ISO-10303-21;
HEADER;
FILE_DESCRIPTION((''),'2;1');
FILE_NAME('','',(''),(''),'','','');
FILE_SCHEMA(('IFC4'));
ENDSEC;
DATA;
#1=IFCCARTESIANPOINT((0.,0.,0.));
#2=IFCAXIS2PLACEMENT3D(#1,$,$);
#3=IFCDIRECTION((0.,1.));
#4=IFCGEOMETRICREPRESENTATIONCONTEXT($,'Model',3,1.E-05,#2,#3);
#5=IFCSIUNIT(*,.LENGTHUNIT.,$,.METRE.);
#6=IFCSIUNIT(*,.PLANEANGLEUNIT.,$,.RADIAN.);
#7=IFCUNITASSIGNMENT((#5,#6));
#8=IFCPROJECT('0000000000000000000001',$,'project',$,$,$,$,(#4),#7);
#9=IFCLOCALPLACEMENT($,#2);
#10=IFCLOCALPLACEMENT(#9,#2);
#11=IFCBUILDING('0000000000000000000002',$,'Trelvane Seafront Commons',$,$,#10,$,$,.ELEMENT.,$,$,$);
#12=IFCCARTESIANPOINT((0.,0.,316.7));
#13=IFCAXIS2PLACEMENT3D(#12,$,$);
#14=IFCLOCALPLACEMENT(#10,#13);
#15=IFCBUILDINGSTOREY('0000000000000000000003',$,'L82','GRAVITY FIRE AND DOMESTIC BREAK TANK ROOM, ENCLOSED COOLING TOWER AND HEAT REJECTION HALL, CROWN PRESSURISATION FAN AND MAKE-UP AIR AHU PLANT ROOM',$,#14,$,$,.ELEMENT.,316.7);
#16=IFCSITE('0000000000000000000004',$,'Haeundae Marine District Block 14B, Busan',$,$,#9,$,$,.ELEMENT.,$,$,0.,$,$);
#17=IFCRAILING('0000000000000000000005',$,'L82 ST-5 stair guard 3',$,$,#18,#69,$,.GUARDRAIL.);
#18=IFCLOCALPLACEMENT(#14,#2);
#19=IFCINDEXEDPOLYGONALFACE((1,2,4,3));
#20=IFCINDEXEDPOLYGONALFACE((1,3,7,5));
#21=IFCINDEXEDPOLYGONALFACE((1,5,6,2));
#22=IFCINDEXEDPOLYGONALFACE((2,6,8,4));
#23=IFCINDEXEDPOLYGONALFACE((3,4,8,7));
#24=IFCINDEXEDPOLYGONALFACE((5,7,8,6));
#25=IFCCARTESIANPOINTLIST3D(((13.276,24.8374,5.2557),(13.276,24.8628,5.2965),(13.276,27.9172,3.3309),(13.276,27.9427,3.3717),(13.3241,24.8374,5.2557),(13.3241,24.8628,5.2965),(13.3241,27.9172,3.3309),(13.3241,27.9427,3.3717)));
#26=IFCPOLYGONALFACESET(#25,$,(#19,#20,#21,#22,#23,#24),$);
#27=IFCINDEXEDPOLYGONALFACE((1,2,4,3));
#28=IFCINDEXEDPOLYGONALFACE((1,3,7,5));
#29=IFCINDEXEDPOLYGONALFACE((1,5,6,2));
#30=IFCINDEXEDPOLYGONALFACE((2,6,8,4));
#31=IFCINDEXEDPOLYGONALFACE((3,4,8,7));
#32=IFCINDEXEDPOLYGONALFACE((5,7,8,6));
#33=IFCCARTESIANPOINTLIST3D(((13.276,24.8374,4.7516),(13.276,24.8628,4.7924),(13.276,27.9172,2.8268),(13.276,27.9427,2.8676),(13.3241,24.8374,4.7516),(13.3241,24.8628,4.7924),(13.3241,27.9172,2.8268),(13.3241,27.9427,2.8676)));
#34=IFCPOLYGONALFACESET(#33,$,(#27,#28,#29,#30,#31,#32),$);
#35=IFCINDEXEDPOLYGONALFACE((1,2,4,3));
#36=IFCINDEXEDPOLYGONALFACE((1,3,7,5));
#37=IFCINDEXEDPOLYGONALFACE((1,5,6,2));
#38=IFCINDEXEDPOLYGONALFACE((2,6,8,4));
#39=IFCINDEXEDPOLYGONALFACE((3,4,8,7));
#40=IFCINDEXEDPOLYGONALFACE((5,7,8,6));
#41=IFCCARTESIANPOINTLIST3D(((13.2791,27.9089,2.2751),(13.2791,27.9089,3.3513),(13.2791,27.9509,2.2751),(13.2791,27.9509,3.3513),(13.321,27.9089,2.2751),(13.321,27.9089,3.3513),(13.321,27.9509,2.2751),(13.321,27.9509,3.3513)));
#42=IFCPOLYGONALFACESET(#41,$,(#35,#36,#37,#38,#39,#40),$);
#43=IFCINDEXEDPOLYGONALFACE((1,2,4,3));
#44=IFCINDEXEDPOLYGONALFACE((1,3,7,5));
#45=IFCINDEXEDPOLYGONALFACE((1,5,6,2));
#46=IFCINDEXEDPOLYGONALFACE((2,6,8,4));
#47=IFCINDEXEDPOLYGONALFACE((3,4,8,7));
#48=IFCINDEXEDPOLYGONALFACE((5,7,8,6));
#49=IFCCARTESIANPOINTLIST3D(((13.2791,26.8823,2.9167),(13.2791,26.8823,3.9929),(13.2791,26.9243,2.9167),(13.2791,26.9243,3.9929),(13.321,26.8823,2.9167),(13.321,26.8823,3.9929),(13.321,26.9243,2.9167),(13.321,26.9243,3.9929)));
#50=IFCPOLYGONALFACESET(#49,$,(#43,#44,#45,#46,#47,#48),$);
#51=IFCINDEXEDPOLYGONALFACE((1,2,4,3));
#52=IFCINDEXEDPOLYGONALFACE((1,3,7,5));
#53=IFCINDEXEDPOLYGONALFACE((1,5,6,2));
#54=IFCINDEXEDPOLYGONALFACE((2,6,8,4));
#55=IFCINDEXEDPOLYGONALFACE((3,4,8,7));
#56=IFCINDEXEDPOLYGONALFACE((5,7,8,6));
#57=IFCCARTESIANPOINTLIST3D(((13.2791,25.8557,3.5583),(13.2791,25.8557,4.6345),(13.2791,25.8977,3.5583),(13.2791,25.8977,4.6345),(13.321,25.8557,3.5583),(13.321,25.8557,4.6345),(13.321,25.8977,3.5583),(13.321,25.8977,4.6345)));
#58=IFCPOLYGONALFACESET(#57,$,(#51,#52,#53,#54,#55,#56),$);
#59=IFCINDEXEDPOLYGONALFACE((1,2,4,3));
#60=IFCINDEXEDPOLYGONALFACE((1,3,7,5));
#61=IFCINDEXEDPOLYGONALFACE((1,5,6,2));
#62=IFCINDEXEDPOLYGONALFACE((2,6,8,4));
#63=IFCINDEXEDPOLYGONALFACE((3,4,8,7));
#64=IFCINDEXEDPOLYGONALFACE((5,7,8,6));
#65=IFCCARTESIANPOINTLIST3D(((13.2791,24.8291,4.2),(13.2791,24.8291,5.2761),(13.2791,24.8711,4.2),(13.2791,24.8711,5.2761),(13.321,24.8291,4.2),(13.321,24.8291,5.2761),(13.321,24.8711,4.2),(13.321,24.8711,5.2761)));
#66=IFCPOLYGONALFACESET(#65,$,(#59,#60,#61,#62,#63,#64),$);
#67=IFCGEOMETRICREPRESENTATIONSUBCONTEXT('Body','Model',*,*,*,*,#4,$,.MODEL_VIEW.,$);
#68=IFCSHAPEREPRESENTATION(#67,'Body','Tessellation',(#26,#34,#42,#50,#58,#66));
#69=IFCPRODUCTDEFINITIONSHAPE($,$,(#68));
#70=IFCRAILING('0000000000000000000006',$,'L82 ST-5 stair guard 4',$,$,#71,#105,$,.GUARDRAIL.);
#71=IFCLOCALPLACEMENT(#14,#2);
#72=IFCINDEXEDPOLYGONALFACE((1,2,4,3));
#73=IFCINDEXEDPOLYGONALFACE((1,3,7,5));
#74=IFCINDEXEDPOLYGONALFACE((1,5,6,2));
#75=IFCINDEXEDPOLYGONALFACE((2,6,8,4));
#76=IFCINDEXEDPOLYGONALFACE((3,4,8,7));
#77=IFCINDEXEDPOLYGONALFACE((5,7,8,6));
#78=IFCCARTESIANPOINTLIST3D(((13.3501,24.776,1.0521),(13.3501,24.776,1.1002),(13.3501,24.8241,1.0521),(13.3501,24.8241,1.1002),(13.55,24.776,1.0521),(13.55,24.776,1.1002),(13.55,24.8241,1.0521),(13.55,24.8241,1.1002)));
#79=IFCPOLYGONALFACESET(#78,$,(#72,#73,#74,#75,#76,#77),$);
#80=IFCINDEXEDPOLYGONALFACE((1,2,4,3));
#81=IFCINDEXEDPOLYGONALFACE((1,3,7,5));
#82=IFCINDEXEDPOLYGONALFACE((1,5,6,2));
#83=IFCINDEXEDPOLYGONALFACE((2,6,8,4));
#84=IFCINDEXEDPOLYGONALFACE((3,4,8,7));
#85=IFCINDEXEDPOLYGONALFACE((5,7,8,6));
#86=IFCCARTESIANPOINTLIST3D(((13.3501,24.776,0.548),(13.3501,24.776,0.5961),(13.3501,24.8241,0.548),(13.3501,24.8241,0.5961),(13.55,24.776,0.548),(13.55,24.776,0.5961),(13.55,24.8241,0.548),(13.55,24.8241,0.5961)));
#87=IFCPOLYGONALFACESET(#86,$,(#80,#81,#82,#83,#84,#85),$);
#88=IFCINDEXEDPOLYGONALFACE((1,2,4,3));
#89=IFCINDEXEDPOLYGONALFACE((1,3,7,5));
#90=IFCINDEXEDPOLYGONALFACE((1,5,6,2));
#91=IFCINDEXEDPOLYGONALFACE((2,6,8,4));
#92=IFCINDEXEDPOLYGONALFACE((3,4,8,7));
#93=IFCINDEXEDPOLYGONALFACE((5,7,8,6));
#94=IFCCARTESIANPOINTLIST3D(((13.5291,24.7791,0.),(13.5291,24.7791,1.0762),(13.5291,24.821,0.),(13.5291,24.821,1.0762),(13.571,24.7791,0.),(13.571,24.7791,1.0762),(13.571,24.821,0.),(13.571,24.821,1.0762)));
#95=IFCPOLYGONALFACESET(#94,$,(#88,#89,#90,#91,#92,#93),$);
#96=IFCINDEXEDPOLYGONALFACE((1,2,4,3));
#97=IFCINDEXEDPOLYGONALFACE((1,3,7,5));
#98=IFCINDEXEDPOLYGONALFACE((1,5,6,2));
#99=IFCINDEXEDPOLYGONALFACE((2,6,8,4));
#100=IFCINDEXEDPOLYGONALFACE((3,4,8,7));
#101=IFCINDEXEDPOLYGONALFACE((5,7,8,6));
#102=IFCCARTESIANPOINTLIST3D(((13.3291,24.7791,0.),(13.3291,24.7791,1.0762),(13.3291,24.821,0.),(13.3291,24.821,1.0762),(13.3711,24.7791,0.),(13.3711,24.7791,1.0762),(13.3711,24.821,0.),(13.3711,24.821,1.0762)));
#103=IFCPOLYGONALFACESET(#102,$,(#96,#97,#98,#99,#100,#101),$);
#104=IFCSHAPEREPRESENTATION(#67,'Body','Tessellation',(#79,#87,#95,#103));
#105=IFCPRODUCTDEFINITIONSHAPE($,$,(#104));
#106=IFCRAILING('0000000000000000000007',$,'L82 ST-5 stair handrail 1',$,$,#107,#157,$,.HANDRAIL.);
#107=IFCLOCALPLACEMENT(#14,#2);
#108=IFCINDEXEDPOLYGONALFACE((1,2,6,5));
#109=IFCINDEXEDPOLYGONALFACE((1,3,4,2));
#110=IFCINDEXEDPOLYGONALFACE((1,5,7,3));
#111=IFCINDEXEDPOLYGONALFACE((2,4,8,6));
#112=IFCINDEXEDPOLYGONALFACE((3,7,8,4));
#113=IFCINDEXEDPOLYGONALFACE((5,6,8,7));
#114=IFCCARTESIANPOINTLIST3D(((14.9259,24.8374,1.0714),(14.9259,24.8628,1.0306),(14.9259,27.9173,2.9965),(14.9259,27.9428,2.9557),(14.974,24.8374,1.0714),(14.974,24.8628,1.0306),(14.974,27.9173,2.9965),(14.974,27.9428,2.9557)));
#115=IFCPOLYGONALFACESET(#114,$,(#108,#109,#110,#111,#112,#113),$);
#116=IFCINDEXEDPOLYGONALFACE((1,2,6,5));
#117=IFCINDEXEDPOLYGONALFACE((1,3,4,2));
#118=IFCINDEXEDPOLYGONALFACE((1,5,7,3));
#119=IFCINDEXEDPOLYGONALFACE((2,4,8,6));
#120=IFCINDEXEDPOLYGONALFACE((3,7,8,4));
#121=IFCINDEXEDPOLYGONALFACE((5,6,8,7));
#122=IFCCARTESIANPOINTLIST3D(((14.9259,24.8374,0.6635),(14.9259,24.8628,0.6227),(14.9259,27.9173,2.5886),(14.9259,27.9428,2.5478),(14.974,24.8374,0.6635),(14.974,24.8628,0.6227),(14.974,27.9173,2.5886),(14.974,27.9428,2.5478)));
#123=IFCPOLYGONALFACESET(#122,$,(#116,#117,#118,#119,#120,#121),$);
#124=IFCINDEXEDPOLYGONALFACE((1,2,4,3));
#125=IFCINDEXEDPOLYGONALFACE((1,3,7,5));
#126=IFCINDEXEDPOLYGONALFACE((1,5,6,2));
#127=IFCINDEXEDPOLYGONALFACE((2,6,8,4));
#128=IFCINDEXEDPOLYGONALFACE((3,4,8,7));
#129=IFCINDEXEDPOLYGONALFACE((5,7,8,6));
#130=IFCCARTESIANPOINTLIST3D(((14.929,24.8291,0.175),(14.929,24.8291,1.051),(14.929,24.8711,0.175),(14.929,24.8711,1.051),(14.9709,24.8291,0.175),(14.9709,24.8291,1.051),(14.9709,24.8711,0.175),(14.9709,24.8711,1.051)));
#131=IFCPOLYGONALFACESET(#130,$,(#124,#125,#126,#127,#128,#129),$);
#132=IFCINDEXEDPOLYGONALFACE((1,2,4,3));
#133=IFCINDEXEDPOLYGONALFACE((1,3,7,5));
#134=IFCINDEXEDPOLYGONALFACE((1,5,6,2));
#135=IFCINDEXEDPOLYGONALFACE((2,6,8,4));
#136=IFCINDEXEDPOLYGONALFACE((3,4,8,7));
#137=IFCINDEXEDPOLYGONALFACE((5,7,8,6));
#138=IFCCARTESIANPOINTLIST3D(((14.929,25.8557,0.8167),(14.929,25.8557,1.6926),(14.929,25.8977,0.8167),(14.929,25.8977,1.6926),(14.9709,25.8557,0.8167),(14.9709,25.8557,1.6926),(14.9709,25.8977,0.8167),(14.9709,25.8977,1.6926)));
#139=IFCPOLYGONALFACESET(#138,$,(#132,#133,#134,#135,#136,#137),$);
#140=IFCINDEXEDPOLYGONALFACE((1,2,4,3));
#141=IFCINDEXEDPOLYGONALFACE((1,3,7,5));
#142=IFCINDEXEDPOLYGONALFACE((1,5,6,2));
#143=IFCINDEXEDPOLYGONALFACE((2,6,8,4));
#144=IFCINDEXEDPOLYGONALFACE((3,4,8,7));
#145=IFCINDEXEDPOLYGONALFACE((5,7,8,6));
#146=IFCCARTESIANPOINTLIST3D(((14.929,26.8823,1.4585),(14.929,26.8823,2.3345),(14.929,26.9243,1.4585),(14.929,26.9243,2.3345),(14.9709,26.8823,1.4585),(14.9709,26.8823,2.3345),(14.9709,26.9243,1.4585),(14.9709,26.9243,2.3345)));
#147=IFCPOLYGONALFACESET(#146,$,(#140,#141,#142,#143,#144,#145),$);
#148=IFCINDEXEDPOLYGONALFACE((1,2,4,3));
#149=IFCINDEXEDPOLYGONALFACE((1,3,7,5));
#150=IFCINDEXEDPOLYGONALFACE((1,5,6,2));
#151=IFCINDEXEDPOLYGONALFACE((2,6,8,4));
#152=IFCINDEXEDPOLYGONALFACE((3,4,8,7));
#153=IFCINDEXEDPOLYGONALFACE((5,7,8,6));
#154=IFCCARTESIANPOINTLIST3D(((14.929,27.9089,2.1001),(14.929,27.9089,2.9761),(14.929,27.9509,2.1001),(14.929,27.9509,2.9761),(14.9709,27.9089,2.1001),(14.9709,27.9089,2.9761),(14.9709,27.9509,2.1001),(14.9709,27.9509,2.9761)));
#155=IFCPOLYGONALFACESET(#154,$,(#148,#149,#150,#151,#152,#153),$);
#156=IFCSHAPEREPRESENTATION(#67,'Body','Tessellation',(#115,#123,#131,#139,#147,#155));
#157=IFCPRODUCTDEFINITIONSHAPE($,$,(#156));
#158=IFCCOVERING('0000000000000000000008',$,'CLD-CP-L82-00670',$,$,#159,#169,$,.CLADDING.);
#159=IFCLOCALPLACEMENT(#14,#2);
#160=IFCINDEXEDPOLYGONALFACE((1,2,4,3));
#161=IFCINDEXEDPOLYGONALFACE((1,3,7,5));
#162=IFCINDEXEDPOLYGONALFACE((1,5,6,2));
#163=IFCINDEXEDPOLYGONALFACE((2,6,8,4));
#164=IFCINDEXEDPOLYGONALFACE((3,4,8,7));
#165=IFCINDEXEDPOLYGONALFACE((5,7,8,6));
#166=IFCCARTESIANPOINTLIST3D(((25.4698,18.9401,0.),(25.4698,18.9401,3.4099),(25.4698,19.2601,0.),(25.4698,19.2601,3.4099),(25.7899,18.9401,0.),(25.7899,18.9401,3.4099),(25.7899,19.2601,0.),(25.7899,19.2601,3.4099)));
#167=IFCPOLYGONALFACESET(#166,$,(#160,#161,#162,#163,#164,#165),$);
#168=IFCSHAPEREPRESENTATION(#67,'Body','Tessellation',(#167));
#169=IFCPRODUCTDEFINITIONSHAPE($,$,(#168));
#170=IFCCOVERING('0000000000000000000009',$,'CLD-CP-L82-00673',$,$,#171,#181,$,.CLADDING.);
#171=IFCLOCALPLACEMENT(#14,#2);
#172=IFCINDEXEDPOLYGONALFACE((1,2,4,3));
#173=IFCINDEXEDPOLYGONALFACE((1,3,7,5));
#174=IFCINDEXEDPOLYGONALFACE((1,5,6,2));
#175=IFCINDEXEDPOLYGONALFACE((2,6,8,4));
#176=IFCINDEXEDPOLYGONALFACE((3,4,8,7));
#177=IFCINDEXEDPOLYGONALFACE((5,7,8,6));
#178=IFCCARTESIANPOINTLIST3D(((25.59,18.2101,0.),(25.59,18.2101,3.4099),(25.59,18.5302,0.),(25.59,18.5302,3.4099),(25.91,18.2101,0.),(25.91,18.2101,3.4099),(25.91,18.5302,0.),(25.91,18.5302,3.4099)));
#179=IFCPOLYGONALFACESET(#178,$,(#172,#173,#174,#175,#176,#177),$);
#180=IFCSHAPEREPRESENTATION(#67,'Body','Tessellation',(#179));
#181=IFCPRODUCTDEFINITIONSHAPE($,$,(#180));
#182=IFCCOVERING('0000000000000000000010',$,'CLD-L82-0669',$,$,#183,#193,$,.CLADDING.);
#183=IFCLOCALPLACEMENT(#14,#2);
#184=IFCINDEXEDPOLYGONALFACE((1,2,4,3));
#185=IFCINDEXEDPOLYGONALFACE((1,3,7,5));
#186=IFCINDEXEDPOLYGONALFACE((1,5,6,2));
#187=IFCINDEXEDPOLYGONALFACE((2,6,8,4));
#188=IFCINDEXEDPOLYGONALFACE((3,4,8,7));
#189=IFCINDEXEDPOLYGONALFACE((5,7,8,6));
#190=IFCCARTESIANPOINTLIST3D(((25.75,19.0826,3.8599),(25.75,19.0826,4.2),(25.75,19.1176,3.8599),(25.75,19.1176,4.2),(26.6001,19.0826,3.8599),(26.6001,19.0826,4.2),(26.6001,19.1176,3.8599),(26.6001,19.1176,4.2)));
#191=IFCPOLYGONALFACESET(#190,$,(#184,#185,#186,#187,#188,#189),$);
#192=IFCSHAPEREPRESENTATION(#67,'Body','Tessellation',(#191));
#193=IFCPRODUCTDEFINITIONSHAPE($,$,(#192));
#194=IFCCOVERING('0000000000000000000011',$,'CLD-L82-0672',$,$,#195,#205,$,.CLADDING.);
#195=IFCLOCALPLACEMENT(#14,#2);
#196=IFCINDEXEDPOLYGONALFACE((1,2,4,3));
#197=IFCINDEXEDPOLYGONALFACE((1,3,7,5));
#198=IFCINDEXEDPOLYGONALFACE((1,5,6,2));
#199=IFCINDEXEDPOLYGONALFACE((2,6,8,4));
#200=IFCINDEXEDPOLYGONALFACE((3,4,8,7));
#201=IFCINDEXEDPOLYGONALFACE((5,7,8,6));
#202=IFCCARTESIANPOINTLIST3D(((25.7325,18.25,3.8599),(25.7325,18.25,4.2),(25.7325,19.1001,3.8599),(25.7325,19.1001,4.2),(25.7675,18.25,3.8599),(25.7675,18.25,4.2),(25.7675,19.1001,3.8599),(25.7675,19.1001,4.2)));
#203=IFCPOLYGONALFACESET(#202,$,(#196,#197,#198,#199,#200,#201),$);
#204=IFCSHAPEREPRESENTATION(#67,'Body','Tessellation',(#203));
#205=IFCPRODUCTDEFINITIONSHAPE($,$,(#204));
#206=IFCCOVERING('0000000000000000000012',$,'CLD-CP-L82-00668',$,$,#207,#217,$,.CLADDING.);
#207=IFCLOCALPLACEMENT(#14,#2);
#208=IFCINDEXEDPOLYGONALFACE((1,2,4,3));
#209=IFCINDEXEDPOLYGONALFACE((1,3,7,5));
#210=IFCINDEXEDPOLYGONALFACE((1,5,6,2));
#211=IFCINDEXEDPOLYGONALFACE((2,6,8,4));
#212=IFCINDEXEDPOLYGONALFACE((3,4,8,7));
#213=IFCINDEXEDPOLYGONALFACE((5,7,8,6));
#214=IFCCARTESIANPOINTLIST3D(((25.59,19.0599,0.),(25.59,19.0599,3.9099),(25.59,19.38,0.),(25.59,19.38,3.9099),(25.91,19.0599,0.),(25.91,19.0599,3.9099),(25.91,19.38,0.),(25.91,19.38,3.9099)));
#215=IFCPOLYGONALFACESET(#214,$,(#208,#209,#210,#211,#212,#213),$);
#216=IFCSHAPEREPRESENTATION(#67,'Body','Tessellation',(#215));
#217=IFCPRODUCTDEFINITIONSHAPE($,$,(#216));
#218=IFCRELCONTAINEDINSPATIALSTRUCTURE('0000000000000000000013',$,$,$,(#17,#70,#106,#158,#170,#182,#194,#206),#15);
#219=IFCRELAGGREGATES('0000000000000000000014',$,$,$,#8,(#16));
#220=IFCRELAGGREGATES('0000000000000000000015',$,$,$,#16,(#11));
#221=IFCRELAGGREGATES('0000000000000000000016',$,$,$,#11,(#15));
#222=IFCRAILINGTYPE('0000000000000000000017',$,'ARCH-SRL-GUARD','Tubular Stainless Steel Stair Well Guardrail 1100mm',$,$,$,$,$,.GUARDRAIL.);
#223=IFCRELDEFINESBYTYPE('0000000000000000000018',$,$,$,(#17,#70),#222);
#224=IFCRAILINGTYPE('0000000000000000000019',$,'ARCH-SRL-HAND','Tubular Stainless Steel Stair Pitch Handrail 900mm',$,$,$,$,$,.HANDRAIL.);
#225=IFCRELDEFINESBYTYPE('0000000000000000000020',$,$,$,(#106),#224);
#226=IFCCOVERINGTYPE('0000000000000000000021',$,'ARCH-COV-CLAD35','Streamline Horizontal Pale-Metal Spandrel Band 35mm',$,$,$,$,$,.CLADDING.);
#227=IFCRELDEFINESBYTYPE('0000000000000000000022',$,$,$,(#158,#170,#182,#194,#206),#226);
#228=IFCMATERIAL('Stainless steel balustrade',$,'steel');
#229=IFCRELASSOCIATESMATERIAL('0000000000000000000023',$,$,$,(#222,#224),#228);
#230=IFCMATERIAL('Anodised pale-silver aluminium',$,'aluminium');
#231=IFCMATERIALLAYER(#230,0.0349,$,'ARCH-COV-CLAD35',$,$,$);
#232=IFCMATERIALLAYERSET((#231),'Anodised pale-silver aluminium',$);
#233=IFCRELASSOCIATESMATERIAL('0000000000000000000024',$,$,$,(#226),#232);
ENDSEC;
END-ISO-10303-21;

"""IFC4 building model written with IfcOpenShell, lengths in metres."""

from ifc_helpers import new_model, si_unit, direction, frame, origin, origin_2d, place, context, subcontext, project, spatial, rectangle, extrude, source, transform, mapped, material, layer, layer_set, type_object, element, save


model = new_model("IFC4")

# Units and contexts
model_context = context("Model", 3, precision=1e-05, world=origin(), true_north=direction((0.0, 1.0)))
body_context = subcontext(model_context, "Body", "Model", "MODEL_VIEW")
ifc_project = project(units=[si_unit("LENGTHUNIT", "METRE"), si_unit("PLANEANGLEUNIT", "RADIAN")], contexts=[model_context])

# Site, building, storey
site_placement = place(None, origin())
site = spatial("IfcSite", under=ifc_project, at=site_placement, Name="Haeundae Marine District Block 14B, Busan", CompositionType="ELEMENT", RefElevation=0.0)
building_placement = place(site_placement, origin())
building = spatial("IfcBuilding", under=site, at=building_placement, Name="Trelvane Seafront Commons", CompositionType="ELEMENT")
storey_placement = place(building_placement, frame((0.0, 0.0, 316.7)))
storey = spatial("IfcBuildingStorey", under=building, at=storey_placement, Name="L82", Description="GRAVITY FIRE AND DOMESTIC BREAK TANK ROOM, ENCLOSED COOLING TOWER AND HEAT REJECTION HALL, CROWN PRESSURISATION FAN AND MAKE-UP AIR AHU PLANT ROOM", CompositionType="ELEMENT", Elevation=316.7)

# Shared definitions
ifc_material_1 = material(Name="Anodised pale-silver aluminium", Category="aluminium")

# Railings
ifc_material_2 = material(Name="Stainless steel balustrade", Category="steel")
railing_type_1 = type_object("IfcRailingType", Name="ARCH-SRL-GUARD", Description="Tubular Stainless Steel Stair Well Guardrail 1100mm", PredefinedType="GUARDRAIL", material=ifc_material_2)
railing_1_placement = place(storey_placement, frame((13.3, 27.9299, 2.2751)))
element("IfcRailing", 1, at=railing_1_placement, inside=storey, type_object=railing_type_1, Name="L82 ST-5 stair guard 3", PredefinedType="GUARDRAIL", context=body_context, shape_type="SweptSolid", body=[
    extrude(rectangle(XDim=0.0481, YDim=0.0481, at=origin_2d()), frame((0.0, 0.0, 1.0762), z_axis=(0.0, -0.84801, 0.529981), x_axis=(1.0, 0.0, 0.0)), (0.0, 0.0, 1.0), 3.6318),
    extrude(rectangle(XDim=0.0481, YDim=0.0481, at=origin_2d()), frame((0.0, 0.0, 0.572), z_axis=(0.0, -0.84801, 0.529981), x_axis=(1.0, 0.0, 0.0)), (0.0, 0.0, 1.0), 3.6318),
    extrude(rectangle(XDim=0.042, YDim=0.042, at=origin_2d()), origin(), (0.0, 0.0, 1.0), 1.0762),
    extrude(rectangle(XDim=0.042, YDim=0.042, at=origin_2d()), frame((0.0, -1.0266, 0.6416)), (0.0, 0.0, 1.0), 1.0762),
    extrude(rectangle(XDim=0.042, YDim=0.042, at=origin_2d()), frame((0.0, -2.0532, 1.2832)), (0.0, 0.0, 1.0), 1.0762),
    extrude(rectangle(XDim=0.042, YDim=0.042, at=origin_2d()), frame((0.0, -3.0798, 1.9248)), (0.0, 0.0, 1.0), 1.0762),
])
railing_2_placement = place(storey_placement, frame((13.55, 24.8, 0.0)))
element("IfcRailing", 2, at=railing_2_placement, inside=storey, type_object=railing_type_1, Name="L82 ST-5 stair guard 4", PredefinedType="GUARDRAIL", context=body_context, shape_type="SweptSolid", body=[
    extrude(rectangle(XDim=0.0481, YDim=0.0481, at=origin_2d()), frame((0.0, 0.0, 1.0762), z_axis=(-1.0, 0.0, 0.0), x_axis=(0.0, -1.0, 0.0)), (0.0, 0.0, 1.0), 0.2),
    extrude(rectangle(XDim=0.0481, YDim=0.0481, at=origin_2d()), frame((0.0, 0.0, 0.572), z_axis=(-1.0, 0.0, 0.0), x_axis=(0.0, -1.0, 0.0)), (0.0, 0.0, 1.0), 0.2),
    extrude(rectangle(XDim=0.042, YDim=0.042, at=origin_2d()), origin(), (0.0, 0.0, 1.0), 1.0762),
    extrude(rectangle(XDim=0.042, YDim=0.042, at=origin_2d()), frame((-0.2, 0.0, 0.0)), (0.0, 0.0, 1.0), 1.0762),
])
railing_type_2 = type_object("IfcRailingType", Name="ARCH-SRL-HAND", Description="Tubular Stainless Steel Stair Pitch Handrail 900mm", PredefinedType="HANDRAIL", material=ifc_material_2)
railing_3_placement = place(storey_placement, frame((14.95, 24.8501, 0.175)))
element("IfcRailing", 3, at=railing_3_placement, inside=storey, type_object=railing_type_2, Name="L82 ST-5 stair handrail 1", PredefinedType="HANDRAIL", context=body_context, shape_type="SweptSolid", body=[
    extrude(rectangle(XDim=0.0481, YDim=0.0481, at=origin_2d()), frame((0.0, 0.0, 0.876), z_axis=(0.0, 0.847979, 0.530029), x_axis=(-1.0, 0.0, 0.0)), (0.0, 0.0, 1.0), 3.6321),
    extrude(rectangle(XDim=0.0481, YDim=0.0481, at=origin_2d()), frame((0.0, 0.0, 0.468), z_axis=(0.0, 0.847979, 0.530029), x_axis=(-1.0, 0.0, 0.0)), (0.0, 0.0, 1.0), 3.6321),
    extrude(rectangle(XDim=0.042, YDim=0.042, at=origin_2d()), origin(), (0.0, 0.0, 1.0), 0.876),
    extrude(rectangle(XDim=0.042, YDim=0.042, at=origin_2d()), frame((0.0, 1.0266, 0.6416)), (0.0, 0.0, 1.0), 0.876),
    extrude(rectangle(XDim=0.042, YDim=0.042, at=origin_2d()), frame((0.0, 2.0532, 1.2834)), (0.0, 0.0, 1.0), 0.876),
    extrude(rectangle(XDim=0.042, YDim=0.042, at=origin_2d()), frame((0.0, 3.0798, 1.925)), (0.0, 0.0, 1.0), 0.876),
])

# Coverings
ifc_layer_1 = layer(ifc_material_1, 0.0349, Name="ARCH-COV-CLAD35")
ifc_layer_set_1 = layer_set([ifc_layer_1], Name="Anodised pale-silver aluminium")
covering_type = type_object("IfcCoveringType", Name="ARCH-COV-CLAD35", Description="Streamline Horizontal Pale-Metal Spandrel Band 35mm", PredefinedType="CLADDING", material=ifc_layer_set_1)
shared_shape_1 = source(origin(), body_context, "Body", "SweptSolid", [
    extrude(rectangle(XDim=0.3201, YDim=0.3201, at=origin_2d()), origin(), (0.0, 0.0, 1.0), 3.4099),
])
for number, where, z_axis, x_axis, name in (
    (4, (25.6299, 19.1001, 0.0), (0.0, 0.0, 1.0), (1.0, 0.0, 0.0), "CLD-CP-L82-00670"),
    (5, (25.75, 18.3701, 0.0), (0.0, 0.0, 1.0), (1.0, 0.0, 0.0), "CLD-CP-L82-00673"),
):
    element("IfcCovering", number, at=place(storey_placement, frame(where, z_axis=z_axis, x_axis=x_axis)), inside=storey, type_object=covering_type, Name=name, PredefinedType="CLADDING", context=body_context, shape_type="MappedRepresentation", body=[
        mapped(shared_shape_1, transform((0.0, 0.0, 0.0), x_axis=(1.0, 0.0, 0.0), y_axis=(0.0, 1.0, 0.0), z_axis=(0.0, 0.0, 1.0), scale=1.0)),
    ])
shared_shape_2 = source(origin(), body_context, "Body", "SweptSolid", [
    extrude(rectangle(XDim=0.8501, YDim=0.0349, at=origin_2d()), origin(), (0.0, 0.0, 1.0), 0.3401),
])
for number, where, z_axis, x_axis, name in (
    (6, (26.175, 19.1001, 3.8599), (0.0, 0.0, 1.0), (-1.0, 0.0, 0.0), "CLD-L82-0669"),
    (7, (25.75, 18.675, 3.8599), (0.0, 0.0, 1.0), (0.0, -1.0, 0.0), "CLD-L82-0672"),
):
    element("IfcCovering", number, at=place(storey_placement, frame(where, z_axis=z_axis, x_axis=x_axis)), inside=storey, type_object=covering_type, Name=name, PredefinedType="CLADDING", context=body_context, shape_type="MappedRepresentation", body=[
        mapped(shared_shape_2, transform((0.0, 0.0, 0.0), x_axis=(1.0, 0.0, 0.0), y_axis=(0.0, 1.0, 0.0), z_axis=(0.0, 0.0, 1.0), scale=1.0)),
    ])
shared_shape_3 = source(origin(), body_context, "Body", "SweptSolid", [
    extrude(rectangle(XDim=0.3201, YDim=0.3201, at=origin_2d()), origin(), (0.0, 0.0, 1.0), 3.9099),
])
covering_placement = place(storey_placement, frame((25.75, 19.22, 0.0), z_axis=(0.0, 0.0, 1.0), x_axis=(1.0, 0.0, 0.0)))
element("IfcCovering", 8, at=covering_placement, inside=storey, type_object=covering_type, Name="CLD-CP-L82-00668", PredefinedType="CLADDING", context=body_context, shape_type="MappedRepresentation", body=[
    mapped(shared_shape_3, transform((0.0, 0.0, 0.0), x_axis=(1.0, 0.0, 0.0), y_axis=(0.0, 1.0, 0.0), z_axis=(0.0, 0.0, 1.0), scale=1.0)),
])

save(model, "model.ifc")
